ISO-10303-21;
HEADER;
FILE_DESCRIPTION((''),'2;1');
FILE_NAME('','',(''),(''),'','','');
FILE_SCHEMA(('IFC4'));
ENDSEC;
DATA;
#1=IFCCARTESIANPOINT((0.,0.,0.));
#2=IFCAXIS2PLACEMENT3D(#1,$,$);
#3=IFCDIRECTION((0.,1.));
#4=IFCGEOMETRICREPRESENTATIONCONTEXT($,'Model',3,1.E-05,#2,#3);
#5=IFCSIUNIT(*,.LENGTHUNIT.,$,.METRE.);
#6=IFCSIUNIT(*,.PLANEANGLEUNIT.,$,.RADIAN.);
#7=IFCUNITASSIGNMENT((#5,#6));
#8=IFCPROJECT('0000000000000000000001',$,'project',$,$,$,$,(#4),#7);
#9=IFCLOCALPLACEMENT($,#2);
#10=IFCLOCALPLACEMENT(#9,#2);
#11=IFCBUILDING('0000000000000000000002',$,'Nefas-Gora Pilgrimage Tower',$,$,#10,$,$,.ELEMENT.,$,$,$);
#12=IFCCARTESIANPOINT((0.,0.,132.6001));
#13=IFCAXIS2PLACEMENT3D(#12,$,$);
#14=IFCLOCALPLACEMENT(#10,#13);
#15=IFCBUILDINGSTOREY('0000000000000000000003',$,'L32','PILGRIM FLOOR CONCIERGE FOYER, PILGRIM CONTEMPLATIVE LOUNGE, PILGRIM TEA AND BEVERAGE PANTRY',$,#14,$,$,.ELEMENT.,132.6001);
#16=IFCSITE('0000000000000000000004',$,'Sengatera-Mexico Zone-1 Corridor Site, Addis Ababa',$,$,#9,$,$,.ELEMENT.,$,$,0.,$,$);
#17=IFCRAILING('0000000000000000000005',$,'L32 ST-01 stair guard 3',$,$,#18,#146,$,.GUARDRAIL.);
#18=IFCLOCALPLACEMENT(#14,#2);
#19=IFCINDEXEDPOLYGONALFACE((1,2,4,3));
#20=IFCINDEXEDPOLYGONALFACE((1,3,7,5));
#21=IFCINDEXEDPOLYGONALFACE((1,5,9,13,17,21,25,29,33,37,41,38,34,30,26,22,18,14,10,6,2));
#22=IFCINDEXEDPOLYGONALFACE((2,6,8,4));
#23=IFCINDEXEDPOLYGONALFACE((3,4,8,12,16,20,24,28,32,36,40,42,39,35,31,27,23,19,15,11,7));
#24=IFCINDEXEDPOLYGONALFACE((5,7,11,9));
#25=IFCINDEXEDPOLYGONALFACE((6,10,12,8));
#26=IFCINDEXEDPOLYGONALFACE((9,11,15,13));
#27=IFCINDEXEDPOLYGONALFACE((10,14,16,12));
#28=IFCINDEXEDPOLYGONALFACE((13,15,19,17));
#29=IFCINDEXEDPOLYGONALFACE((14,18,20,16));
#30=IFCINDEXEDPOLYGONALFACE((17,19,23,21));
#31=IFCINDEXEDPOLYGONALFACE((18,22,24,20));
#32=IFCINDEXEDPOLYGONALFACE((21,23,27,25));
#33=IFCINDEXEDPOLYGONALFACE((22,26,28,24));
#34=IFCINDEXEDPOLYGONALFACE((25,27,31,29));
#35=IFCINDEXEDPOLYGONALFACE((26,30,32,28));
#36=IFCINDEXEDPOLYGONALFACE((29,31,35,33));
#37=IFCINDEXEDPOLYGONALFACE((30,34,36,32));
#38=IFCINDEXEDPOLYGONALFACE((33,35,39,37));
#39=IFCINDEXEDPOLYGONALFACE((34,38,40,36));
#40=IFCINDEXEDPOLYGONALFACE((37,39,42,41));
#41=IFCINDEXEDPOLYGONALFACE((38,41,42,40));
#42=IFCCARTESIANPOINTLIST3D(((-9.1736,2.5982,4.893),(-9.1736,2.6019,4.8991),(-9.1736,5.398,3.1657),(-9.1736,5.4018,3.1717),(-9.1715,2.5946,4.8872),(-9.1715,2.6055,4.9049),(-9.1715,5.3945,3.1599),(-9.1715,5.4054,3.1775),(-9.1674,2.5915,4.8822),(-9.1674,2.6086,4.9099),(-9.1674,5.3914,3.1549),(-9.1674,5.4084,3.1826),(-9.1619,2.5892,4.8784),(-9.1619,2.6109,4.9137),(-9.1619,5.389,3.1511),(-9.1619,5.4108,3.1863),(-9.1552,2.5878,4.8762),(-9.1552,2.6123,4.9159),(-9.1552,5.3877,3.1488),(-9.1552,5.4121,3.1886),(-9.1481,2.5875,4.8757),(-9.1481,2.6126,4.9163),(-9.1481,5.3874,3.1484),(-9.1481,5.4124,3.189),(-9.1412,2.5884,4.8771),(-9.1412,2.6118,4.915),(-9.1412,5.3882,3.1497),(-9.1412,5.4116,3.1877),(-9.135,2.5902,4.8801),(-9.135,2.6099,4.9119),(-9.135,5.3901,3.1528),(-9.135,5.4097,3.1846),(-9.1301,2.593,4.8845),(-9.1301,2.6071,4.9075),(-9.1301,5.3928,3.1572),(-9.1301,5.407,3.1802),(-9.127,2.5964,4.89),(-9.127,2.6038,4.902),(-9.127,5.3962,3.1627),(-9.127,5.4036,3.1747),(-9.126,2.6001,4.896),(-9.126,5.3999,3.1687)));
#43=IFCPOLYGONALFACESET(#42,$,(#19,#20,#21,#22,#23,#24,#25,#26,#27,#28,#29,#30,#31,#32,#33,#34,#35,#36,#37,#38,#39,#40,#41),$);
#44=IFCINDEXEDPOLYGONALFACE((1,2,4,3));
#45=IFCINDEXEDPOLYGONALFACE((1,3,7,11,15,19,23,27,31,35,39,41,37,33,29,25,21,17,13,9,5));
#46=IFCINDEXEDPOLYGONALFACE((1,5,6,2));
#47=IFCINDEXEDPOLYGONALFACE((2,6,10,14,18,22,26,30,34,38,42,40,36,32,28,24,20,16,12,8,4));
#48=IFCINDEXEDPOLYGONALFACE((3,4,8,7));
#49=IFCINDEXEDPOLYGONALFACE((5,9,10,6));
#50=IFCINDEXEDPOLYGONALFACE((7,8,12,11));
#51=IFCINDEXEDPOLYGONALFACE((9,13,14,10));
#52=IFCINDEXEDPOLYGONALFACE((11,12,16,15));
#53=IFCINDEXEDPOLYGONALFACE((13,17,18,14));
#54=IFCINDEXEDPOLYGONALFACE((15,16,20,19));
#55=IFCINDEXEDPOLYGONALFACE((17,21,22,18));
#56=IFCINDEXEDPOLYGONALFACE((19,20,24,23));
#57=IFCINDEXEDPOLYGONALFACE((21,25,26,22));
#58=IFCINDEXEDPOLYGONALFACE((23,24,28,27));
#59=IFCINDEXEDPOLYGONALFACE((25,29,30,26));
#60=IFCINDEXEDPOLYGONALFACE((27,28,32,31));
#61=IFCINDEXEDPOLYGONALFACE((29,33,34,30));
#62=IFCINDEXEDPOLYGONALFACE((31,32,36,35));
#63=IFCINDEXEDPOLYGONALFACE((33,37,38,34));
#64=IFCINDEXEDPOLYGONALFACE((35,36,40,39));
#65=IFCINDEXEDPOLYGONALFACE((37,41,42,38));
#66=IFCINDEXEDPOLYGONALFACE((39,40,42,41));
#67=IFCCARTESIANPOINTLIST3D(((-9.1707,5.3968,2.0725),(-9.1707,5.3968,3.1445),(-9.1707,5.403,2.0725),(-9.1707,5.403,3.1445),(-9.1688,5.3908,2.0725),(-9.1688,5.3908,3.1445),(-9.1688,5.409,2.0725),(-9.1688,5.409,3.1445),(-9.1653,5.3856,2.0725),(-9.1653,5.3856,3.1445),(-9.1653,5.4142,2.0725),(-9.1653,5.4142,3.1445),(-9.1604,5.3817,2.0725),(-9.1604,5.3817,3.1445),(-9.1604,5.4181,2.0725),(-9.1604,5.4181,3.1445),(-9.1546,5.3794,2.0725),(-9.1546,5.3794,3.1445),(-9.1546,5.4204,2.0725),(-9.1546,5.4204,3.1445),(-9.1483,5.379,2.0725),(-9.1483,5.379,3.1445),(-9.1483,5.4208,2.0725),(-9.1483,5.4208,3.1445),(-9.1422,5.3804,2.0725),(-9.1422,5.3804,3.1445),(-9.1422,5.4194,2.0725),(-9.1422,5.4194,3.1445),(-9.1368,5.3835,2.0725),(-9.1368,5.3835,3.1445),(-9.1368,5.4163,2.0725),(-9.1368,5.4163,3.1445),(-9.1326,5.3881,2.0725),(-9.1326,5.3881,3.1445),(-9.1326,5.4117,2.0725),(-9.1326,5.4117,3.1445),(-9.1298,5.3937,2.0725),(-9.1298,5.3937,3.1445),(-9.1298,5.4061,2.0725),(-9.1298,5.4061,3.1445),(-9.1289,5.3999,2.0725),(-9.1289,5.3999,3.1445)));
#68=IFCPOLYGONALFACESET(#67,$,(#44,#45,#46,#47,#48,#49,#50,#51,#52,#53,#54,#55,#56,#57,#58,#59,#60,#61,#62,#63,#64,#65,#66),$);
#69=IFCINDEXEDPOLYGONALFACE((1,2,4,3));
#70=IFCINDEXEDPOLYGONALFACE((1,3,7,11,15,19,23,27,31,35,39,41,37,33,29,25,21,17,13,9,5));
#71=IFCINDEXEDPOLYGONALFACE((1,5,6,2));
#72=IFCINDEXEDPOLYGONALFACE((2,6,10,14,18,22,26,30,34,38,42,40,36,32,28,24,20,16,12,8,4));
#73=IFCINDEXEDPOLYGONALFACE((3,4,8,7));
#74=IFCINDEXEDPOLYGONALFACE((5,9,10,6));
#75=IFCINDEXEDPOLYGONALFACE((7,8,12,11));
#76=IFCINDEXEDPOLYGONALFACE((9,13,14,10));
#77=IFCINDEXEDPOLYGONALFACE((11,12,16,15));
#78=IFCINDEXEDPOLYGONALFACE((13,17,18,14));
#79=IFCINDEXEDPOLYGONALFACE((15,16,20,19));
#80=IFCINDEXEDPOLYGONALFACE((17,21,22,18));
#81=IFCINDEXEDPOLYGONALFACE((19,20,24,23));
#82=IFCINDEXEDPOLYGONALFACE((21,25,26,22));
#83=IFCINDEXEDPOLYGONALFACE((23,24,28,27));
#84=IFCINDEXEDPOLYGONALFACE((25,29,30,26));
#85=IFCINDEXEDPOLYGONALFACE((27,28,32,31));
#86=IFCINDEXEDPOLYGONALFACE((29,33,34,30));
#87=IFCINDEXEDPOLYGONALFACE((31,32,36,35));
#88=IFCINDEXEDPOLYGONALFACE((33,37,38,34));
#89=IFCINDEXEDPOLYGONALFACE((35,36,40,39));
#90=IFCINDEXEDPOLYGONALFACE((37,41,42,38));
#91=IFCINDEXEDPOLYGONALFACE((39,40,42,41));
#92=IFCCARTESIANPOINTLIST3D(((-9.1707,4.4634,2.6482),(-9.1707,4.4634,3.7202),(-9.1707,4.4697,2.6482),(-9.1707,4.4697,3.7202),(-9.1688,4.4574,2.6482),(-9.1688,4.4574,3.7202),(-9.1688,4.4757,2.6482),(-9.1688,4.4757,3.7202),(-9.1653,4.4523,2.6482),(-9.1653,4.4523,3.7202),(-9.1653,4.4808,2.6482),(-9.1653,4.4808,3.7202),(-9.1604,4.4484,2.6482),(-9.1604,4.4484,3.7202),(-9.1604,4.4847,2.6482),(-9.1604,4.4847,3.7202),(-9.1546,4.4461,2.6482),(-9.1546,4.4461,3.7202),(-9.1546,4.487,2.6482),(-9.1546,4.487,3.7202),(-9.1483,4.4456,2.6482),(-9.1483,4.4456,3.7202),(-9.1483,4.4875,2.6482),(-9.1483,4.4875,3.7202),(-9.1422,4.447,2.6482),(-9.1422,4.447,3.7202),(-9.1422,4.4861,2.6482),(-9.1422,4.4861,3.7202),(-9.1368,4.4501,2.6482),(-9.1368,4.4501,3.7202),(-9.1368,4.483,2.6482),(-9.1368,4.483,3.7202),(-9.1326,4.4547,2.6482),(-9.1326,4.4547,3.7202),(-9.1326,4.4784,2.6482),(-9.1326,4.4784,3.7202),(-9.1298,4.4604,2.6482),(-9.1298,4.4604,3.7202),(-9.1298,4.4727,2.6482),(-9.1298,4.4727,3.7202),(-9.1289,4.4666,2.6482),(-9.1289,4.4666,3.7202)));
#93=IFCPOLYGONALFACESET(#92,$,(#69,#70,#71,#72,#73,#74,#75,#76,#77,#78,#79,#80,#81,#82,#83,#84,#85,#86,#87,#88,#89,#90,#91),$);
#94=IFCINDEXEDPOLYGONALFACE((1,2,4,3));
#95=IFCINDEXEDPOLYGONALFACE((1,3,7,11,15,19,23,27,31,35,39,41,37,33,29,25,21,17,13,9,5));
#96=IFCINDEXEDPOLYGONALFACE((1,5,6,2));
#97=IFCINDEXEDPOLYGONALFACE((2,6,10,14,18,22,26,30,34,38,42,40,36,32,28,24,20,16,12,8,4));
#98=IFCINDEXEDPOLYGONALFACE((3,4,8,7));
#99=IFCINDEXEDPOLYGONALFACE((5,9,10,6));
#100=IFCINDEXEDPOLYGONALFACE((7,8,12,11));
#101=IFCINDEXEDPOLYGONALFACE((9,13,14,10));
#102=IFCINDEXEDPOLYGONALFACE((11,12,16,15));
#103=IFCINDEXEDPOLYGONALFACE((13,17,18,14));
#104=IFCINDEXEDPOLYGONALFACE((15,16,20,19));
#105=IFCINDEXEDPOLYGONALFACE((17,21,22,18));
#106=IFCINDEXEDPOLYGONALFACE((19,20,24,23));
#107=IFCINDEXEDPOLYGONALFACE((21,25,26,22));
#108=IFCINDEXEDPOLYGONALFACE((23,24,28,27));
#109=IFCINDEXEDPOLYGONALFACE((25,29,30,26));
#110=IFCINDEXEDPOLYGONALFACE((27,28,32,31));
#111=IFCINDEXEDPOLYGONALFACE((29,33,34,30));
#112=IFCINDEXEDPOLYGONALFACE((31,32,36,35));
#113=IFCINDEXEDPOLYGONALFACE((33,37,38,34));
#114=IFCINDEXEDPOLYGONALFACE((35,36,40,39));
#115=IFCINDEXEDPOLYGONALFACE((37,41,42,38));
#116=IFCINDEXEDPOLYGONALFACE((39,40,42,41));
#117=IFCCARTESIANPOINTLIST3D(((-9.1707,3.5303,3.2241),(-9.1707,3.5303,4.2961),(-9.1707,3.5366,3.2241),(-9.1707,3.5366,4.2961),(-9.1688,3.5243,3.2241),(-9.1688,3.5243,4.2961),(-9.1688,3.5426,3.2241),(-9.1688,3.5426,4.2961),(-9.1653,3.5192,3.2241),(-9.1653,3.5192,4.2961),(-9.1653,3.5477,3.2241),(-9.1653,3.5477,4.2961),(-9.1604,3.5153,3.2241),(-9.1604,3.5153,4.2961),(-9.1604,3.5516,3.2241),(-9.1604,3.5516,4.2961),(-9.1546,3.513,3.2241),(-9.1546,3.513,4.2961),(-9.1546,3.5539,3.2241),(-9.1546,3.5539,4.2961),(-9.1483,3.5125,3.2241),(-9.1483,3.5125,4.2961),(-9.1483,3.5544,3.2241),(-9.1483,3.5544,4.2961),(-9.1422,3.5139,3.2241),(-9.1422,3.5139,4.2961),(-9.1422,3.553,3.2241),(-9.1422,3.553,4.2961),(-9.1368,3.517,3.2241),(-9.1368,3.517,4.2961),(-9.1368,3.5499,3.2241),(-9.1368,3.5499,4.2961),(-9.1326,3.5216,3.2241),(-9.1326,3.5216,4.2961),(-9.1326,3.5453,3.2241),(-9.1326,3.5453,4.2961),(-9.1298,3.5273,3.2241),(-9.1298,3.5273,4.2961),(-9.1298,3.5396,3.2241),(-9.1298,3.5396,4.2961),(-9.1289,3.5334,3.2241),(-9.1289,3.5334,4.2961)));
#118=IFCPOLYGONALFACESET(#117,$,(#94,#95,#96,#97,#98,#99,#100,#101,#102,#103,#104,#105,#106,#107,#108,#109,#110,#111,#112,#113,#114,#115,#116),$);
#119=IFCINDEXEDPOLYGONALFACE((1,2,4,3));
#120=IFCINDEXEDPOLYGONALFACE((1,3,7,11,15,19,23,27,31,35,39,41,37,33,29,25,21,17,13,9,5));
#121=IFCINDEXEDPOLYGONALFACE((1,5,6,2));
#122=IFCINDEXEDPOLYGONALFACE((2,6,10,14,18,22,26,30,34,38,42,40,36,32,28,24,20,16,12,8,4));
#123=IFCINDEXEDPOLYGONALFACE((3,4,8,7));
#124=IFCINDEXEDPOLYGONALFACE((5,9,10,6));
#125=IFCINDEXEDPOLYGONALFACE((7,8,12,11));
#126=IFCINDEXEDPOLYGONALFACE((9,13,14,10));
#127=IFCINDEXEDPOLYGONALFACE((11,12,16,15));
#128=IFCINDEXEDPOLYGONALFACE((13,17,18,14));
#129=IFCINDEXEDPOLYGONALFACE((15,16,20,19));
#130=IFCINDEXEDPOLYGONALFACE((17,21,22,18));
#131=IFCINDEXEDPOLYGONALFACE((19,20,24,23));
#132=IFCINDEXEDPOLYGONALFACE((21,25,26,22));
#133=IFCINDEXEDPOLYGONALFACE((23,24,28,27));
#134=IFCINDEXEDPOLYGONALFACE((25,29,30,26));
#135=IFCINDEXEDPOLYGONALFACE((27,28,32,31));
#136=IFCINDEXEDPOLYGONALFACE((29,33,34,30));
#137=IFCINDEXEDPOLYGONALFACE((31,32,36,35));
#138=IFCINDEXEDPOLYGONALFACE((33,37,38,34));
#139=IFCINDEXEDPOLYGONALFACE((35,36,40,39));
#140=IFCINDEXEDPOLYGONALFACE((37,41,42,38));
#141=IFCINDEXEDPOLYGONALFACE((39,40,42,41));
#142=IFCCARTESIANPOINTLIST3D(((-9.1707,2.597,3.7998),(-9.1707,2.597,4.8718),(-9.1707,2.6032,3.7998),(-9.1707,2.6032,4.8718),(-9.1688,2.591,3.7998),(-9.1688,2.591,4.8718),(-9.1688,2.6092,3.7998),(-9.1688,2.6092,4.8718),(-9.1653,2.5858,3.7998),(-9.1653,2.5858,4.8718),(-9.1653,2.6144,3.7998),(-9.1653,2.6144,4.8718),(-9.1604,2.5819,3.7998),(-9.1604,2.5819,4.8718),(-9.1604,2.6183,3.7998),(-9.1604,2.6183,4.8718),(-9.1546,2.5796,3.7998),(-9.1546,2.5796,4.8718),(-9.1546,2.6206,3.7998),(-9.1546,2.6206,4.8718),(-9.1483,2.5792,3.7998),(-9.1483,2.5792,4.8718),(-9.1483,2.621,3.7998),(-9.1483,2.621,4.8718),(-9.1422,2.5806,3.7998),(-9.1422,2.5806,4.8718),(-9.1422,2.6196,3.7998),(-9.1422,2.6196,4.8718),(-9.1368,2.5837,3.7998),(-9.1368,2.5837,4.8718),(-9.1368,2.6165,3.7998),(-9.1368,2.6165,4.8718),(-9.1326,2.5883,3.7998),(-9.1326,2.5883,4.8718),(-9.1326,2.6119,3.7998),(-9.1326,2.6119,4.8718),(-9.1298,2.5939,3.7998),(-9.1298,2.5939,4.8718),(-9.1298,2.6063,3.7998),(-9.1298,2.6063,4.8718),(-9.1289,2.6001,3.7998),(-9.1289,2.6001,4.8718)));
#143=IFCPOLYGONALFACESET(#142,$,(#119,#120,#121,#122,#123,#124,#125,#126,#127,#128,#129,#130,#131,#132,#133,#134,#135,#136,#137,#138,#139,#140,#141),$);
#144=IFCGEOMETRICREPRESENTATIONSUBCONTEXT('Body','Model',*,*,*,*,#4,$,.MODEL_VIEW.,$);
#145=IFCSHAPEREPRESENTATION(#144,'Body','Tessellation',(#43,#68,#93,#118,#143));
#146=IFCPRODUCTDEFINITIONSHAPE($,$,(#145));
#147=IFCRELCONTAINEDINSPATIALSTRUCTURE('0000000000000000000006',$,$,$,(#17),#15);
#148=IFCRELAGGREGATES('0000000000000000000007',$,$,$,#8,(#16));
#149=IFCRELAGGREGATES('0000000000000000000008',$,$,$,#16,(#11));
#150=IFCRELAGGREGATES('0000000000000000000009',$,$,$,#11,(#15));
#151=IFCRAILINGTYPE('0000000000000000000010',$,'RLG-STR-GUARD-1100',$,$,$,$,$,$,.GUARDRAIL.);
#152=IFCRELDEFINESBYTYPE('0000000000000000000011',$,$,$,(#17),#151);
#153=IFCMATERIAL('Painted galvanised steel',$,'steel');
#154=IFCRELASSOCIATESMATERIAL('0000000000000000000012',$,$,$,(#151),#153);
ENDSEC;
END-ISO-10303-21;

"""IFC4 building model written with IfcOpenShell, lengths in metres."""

from ifc_helpers import new_model, si_unit, direction, frame, origin, origin_2d, place, context, subcontext, project, spatial, circle, extrude, material, type_object, element, save


model = new_model("IFC4")

# Units and contexts
model_context = context("Model", 3, precision=1e-05, world=origin(), true_north=direction((0.0, 1.0)))
body_context = subcontext(model_context, "Body", "Model", "MODEL_VIEW")
ifc_project = project(units=[si_unit("LENGTHUNIT", "METRE"), si_unit("PLANEANGLEUNIT", "RADIAN")], contexts=[model_context])

# Site, building, storey
site_placement = place(None, origin())
site = spatial("IfcSite", under=ifc_project, at=site_placement, Name="Sengatera-Mexico Zone-1 Corridor Site, Addis Ababa", CompositionType="ELEMENT", RefElevation=0.0)
building_placement = place(site_placement, origin())
building = spatial("IfcBuilding", under=site, at=building_placement, Name="Nefas-Gora Pilgrimage Tower", CompositionType="ELEMENT")
storey_placement = place(building_placement, frame((0.0, 0.0, 132.6001)))
storey = spatial("IfcBuildingStorey", under=building, at=storey_placement, Name="L32", Description="PILGRIM FLOOR CONCIERGE FOYER, PILGRIM CONTEMPLATIVE LOUNGE, PILGRIM TEA AND BEVERAGE PANTRY", CompositionType="ELEMENT", Elevation=132.6001)

# Railing
ifc_material_1 = material(Name="Painted galvanised steel", Category="steel")
railing_type_1 = type_object("IfcRailingType", Name="RLG-STR-GUARD-1100", PredefinedType="GUARDRAIL", material=ifc_material_1)
railing_1_placement = place(storey_placement, frame((-9.1499, 5.3999, 2.0725)))
element("IfcRailing", 1, at=railing_1_placement, inside=storey, type_object=railing_type_1, Name="L32 ST-01 stair guard 3", PredefinedType="GUARDRAIL", context=body_context, shape_type="SweptSolid", body=[
    extrude(circle(Radius=0.0239, at=origin_2d()), frame((0.0, 0.0, 1.0962), z_axis=(0.0, -0.851069, 0.525054), x_axis=(1.0, 0.0, 0.0)), (0.0, 0.0, 1.0), 3.2898),
    extrude(circle(Radius=0.021, at=origin_2d()), origin(), (0.0, 0.0, 1.0), 1.072),
    extrude(circle(Radius=0.021, at=origin_2d()), frame((0.0, -0.9333, 0.5757)), (0.0, 0.0, 1.0), 1.072),
    extrude(circle(Radius=0.021, at=origin_2d()), frame((0.0, -1.8665, 1.1516)), (0.0, 0.0, 1.0), 1.072),
    extrude(circle(Radius=0.021, at=origin_2d()), frame((0.0, -2.7998, 1.7273)), (0.0, 0.0, 1.0), 1.072),
])

save(model, "model.ifc")
